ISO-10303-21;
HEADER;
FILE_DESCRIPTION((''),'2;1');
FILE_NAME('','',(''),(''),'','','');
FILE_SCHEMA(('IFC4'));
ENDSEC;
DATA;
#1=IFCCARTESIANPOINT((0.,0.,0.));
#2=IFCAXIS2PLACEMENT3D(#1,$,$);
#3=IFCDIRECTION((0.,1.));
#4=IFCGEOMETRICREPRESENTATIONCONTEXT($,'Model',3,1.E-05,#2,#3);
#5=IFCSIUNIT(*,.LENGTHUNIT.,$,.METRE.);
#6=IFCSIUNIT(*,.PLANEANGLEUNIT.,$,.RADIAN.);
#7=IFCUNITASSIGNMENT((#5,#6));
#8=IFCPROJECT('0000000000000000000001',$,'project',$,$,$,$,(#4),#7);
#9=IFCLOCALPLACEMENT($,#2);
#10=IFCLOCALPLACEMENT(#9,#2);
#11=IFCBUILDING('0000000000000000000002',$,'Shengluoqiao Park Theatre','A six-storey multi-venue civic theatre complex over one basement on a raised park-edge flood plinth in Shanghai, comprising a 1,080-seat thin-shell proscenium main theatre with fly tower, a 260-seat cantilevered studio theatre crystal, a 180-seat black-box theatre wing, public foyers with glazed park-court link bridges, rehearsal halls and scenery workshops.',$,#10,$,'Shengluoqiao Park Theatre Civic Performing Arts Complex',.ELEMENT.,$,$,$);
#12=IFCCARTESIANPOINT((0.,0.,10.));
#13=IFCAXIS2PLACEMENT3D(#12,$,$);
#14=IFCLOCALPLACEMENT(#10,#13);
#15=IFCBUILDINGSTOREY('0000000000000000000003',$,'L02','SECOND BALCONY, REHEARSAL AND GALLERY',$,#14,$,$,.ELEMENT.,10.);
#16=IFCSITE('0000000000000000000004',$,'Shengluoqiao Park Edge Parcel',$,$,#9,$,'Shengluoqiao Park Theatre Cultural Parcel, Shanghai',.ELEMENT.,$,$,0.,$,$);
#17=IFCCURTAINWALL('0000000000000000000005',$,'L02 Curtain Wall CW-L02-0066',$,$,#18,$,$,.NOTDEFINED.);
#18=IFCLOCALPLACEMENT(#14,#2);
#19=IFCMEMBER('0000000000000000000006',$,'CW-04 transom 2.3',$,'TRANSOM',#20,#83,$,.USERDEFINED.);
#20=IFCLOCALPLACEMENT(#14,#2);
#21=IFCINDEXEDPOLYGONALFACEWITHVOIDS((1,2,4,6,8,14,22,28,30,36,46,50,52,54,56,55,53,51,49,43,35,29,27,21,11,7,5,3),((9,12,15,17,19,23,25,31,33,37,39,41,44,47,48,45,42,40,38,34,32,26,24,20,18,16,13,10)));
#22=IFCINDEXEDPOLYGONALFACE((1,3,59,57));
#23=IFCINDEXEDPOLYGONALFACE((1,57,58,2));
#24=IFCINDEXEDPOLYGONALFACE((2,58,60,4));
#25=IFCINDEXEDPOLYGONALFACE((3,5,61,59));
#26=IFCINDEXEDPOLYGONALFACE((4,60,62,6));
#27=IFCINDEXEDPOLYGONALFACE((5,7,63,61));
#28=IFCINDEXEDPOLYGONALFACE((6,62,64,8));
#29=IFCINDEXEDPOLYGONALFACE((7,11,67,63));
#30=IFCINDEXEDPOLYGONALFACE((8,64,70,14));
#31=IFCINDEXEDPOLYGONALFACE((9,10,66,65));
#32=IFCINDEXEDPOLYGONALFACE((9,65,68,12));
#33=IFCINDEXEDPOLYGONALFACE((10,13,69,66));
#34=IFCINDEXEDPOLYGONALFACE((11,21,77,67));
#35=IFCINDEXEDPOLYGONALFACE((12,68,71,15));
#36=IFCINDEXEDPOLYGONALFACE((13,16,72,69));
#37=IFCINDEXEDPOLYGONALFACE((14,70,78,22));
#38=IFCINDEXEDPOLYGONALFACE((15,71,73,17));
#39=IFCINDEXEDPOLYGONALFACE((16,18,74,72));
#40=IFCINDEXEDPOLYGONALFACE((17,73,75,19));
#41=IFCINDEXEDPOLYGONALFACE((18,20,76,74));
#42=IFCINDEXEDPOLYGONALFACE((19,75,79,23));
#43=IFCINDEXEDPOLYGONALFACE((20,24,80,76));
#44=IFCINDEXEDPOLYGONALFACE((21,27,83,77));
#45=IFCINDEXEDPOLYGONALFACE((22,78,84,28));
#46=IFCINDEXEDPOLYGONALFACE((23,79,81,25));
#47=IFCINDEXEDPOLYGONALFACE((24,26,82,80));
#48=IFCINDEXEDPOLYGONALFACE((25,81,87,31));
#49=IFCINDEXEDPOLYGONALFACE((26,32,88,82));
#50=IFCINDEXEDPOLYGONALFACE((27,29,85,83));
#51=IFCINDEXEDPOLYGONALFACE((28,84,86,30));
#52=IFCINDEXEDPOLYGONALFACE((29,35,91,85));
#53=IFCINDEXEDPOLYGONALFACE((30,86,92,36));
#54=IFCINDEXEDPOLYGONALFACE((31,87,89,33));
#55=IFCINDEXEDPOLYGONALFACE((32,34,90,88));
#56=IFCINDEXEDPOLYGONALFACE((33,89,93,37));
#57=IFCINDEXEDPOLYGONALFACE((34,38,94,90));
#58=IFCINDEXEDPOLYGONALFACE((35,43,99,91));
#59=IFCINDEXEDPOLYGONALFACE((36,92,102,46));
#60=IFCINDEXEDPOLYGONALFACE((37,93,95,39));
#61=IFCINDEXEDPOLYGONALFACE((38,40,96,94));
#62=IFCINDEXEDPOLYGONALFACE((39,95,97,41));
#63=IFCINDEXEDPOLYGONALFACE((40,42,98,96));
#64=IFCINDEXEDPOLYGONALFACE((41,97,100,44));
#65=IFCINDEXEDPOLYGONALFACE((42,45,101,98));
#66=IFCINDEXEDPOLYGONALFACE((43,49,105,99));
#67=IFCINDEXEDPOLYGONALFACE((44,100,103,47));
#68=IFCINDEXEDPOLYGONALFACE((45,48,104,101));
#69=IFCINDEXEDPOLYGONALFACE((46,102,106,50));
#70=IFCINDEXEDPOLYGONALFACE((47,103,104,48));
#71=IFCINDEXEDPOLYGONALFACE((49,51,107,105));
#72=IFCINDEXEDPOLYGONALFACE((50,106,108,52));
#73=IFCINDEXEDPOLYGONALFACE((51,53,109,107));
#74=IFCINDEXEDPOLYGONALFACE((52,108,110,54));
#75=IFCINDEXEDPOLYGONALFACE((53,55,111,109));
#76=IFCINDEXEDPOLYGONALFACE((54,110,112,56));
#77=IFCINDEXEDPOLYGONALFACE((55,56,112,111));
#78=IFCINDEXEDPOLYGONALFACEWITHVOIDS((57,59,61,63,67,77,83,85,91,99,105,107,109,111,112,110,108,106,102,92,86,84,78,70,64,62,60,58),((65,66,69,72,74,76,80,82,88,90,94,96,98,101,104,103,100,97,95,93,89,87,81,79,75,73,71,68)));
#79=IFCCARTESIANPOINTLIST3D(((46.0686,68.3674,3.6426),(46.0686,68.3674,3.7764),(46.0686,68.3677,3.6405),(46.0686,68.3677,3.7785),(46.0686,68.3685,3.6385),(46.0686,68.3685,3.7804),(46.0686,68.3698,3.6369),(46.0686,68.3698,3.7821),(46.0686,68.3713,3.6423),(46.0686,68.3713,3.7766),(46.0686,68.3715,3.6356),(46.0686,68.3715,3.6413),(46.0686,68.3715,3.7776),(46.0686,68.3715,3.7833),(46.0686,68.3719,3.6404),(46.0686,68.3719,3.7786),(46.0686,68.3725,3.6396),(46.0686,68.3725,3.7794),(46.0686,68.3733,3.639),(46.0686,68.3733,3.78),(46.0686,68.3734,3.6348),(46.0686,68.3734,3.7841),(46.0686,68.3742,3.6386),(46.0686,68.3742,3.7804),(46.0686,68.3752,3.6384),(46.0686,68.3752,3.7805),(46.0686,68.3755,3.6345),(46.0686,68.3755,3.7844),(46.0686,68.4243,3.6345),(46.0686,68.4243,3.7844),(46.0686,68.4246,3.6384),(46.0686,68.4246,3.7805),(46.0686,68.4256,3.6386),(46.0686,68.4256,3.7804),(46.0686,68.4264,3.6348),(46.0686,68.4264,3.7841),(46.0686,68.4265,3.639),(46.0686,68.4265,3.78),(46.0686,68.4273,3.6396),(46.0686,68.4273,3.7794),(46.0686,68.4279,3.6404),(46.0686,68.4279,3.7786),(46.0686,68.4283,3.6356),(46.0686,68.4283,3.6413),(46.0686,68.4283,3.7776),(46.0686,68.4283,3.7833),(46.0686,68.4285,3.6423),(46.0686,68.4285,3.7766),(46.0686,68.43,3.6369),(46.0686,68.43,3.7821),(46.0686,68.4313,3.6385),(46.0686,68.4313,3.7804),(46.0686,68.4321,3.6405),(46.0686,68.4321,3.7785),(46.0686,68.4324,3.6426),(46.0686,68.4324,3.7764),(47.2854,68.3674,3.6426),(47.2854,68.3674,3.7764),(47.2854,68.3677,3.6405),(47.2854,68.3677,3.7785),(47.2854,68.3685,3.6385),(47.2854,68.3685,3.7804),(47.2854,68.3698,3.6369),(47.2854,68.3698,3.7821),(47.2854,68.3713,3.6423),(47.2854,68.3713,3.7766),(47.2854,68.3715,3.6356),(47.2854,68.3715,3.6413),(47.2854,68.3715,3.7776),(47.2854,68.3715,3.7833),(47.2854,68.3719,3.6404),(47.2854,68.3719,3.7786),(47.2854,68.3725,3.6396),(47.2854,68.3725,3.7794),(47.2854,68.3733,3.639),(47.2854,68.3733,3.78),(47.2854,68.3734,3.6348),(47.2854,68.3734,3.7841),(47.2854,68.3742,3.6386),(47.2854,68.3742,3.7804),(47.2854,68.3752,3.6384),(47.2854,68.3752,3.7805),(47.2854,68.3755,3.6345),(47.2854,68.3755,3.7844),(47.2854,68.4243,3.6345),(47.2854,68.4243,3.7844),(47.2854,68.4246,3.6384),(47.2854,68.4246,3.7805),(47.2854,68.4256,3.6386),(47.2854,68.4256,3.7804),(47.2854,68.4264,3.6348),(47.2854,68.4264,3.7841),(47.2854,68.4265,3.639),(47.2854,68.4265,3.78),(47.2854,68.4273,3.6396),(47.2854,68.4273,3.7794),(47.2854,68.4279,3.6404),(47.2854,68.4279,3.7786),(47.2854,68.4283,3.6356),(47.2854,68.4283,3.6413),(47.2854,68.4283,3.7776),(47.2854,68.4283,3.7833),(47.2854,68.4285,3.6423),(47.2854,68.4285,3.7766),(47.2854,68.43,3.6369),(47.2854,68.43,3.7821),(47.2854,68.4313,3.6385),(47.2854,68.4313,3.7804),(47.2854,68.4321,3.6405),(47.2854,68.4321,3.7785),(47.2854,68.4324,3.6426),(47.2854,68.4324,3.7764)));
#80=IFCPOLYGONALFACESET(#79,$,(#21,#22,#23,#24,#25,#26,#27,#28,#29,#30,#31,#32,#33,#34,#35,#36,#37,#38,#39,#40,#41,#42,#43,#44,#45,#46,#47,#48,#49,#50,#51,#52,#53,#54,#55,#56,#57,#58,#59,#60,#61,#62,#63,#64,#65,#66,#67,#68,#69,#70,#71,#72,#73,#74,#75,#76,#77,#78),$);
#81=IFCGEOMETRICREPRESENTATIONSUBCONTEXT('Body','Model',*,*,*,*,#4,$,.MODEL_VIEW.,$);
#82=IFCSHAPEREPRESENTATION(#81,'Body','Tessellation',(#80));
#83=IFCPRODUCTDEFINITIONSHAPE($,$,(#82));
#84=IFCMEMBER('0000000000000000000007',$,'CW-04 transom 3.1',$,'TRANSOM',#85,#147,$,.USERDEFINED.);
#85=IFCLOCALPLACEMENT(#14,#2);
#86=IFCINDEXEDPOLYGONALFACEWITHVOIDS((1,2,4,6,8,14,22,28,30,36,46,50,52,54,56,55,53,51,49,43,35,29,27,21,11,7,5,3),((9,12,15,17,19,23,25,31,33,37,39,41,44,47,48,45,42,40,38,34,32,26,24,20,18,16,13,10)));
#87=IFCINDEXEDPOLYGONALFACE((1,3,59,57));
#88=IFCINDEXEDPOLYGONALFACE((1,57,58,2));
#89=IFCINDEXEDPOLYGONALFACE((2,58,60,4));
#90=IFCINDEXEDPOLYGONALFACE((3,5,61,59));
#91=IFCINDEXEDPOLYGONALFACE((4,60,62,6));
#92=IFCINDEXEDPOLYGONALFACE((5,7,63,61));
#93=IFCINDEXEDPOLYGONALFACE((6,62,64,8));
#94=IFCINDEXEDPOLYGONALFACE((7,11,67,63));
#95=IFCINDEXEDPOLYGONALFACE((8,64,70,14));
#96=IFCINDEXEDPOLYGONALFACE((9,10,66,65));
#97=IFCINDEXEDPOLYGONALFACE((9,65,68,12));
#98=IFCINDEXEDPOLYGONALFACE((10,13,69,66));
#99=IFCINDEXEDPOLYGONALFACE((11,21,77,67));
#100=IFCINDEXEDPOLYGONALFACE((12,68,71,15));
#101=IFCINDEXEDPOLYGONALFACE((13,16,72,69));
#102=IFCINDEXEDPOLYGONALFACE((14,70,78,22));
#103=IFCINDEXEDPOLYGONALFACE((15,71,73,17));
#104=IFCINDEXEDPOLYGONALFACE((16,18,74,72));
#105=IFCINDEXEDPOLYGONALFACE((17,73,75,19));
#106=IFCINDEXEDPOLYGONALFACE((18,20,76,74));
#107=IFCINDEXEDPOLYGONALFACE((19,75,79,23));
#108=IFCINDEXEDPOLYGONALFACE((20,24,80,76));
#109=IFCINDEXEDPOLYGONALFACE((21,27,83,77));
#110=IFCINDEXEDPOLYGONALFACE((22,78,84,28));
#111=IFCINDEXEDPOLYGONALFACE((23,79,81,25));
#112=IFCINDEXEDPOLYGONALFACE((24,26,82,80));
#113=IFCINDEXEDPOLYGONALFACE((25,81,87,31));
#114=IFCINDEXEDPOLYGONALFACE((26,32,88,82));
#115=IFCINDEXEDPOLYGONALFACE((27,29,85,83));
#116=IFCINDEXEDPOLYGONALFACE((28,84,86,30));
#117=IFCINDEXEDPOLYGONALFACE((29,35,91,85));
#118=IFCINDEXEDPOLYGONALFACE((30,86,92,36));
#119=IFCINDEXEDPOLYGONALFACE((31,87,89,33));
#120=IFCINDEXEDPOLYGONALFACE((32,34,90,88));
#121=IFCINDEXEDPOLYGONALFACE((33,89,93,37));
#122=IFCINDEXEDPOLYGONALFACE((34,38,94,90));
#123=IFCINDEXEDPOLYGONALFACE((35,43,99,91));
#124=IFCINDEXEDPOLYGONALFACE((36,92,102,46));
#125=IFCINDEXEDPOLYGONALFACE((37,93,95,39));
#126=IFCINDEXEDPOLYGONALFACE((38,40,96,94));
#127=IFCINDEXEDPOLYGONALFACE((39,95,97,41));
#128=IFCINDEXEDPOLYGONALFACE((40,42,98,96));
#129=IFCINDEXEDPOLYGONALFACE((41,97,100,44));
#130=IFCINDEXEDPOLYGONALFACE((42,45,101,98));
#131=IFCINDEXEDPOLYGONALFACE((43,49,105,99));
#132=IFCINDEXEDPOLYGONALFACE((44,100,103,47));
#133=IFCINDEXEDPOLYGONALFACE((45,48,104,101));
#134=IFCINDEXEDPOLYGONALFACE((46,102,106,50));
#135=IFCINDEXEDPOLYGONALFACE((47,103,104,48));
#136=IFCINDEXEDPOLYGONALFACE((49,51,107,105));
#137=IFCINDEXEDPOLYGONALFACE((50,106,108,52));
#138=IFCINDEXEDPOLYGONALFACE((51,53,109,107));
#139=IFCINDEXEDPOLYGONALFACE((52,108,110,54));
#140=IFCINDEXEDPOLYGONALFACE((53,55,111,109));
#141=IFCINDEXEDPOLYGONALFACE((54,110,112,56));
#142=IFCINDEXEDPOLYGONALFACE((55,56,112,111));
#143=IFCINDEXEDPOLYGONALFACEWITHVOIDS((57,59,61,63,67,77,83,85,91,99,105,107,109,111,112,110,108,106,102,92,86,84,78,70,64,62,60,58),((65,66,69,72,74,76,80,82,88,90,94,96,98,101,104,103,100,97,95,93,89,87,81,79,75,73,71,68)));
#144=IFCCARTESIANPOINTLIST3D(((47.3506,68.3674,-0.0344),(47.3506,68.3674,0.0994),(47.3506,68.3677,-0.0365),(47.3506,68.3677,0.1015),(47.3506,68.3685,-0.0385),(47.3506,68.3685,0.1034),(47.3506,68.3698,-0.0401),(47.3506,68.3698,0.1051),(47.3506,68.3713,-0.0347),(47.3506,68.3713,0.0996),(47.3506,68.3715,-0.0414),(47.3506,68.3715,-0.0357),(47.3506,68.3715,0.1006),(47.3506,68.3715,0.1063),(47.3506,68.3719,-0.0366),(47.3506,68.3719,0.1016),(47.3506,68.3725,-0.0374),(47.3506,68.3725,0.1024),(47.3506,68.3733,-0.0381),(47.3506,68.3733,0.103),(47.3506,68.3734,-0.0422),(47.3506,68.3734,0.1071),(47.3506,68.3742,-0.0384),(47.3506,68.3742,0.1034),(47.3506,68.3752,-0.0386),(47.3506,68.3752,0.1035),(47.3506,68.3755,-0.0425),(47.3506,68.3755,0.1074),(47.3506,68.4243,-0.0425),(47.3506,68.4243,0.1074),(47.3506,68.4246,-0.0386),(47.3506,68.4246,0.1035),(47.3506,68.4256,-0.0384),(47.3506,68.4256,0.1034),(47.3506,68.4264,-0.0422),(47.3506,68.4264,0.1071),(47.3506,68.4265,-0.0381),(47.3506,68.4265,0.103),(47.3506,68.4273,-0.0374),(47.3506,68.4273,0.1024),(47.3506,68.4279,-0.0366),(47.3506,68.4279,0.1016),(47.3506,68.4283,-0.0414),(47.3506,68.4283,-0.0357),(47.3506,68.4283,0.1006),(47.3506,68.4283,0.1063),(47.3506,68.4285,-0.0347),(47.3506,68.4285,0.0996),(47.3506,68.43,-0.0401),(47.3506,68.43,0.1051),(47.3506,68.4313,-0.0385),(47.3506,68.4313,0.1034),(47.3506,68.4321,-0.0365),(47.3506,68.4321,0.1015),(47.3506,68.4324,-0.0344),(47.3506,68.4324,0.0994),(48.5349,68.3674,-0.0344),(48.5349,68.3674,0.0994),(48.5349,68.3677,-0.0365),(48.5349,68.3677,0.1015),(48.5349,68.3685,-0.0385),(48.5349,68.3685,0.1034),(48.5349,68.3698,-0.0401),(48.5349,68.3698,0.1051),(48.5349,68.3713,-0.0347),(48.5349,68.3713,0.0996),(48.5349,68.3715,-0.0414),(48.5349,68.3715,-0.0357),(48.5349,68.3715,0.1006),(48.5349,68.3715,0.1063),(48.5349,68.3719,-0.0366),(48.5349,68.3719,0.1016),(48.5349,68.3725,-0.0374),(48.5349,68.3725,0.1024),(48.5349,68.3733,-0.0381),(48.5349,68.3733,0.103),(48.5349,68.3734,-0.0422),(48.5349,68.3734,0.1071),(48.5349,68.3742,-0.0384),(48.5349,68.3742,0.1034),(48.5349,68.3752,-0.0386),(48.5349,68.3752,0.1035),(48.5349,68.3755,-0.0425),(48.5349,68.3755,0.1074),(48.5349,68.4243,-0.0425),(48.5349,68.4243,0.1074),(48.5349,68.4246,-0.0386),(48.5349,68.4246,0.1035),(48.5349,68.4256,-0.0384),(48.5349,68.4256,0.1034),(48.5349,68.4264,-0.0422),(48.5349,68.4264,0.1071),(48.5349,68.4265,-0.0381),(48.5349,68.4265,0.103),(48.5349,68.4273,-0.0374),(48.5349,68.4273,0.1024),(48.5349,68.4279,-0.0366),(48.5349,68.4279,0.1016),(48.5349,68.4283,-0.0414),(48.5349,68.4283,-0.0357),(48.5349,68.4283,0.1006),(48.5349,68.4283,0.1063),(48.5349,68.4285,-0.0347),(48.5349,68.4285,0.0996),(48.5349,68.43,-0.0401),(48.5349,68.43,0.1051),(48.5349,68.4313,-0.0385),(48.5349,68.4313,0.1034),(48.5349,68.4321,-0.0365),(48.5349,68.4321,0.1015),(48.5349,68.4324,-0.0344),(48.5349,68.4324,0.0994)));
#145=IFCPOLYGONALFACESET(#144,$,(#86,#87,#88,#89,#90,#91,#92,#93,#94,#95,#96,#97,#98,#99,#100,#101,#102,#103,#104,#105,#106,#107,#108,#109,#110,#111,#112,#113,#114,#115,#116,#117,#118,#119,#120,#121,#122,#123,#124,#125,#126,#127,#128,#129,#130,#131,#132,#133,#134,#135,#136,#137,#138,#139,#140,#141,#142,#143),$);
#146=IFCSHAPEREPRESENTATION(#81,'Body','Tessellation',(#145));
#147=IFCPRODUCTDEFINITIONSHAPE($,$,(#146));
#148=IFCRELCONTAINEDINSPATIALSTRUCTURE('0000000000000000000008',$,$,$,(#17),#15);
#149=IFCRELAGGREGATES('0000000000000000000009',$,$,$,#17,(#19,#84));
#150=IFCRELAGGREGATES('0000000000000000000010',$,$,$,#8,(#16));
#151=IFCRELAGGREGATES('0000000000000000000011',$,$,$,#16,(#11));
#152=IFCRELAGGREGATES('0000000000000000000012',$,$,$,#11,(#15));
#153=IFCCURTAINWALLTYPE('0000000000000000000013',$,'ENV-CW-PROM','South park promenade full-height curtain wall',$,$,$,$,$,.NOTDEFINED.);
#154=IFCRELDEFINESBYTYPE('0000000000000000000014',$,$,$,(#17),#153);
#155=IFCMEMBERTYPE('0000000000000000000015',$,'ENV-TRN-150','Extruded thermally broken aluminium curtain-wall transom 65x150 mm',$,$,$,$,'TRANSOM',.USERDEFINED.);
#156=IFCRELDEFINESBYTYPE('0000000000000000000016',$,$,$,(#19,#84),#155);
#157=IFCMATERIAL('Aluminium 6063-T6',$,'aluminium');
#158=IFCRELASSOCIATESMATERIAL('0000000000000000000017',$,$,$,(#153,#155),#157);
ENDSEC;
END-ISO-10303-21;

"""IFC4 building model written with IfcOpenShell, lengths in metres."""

from ifc_helpers import new_model, si_unit, direction, frame, origin, origin_2d, place, context, subcontext, project, spatial, hollow_rectangle, extrude, material, material_profile, profile_set, type_object, element, aggregate, save


model = new_model("IFC4")

# Units and contexts
model_context = context("Model", 3, precision=1e-05, world=origin(), true_north=direction((0.0, 1.0)))
body_context = subcontext(model_context, "Body", "Model", "MODEL_VIEW")
ifc_project = project(units=[si_unit("LENGTHUNIT", "METRE"), si_unit("PLANEANGLEUNIT", "RADIAN")], contexts=[model_context])

# Site, building, storey
site_placement = place(None, origin())
site = spatial("IfcSite", under=ifc_project, at=site_placement, Name="Shengluoqiao Park Edge Parcel", LongName="Shengluoqiao Park Theatre Cultural Parcel, Shanghai", CompositionType="ELEMENT", RefElevation=0.0)
building_placement = place(site_placement, origin())
building = spatial("IfcBuilding", under=site, at=building_placement, Name="Shengluoqiao Park Theatre", Description="A six-storey multi-venue civic theatre complex over one basement on a raised park-edge flood plinth in Shanghai, comprising a 1,080-seat thin-shell proscenium main theatre with fly tower, a 260-seat cantilevered studio theatre crystal, a 180-seat black-box theatre wing, public foyers with glazed park-court link bridges, rehearsal halls and scenery workshops.", LongName="Shengluoqiao Park Theatre Civic Performing Arts Complex", CompositionType="ELEMENT")
storey_placement = place(building_placement, frame((0.0, 0.0, 10.0)))
storey = spatial("IfcBuildingStorey", under=building, at=storey_placement, Name="L02", Description="SECOND BALCONY, REHEARSAL AND GALLERY", CompositionType="ELEMENT", Elevation=10.0)

# Curtain wall
ifc_material_1 = material(Name="Aluminium 6063-T6", Category="aluminium")
curtain_wall_type = type_object("IfcCurtainWallType", Name="ENV-CW-PROM", Description="South park promenade full-height curtain wall", PredefinedType="NOTDEFINED", material=ifc_material_1)
curtain_wall_1_placement = place(storey_placement, origin())
curtain_wall_1 = element("IfcCurtainWall", 1, at=curtain_wall_1_placement, inside=storey, type_object=curtain_wall_type, Name="L02 Curtain Wall CW-L02-0066", PredefinedType="NOTDEFINED")

# Members
ifc_material_profile_1 = material_profile(ifc_material_1, hollow_rectangle(XDim=0.0649, YDim=0.1499, WallThickness=0.0039, InnerFilletRadius=0.0039, OuterFilletRadius=0.0081, at=origin_2d()), Name="ALU TRANSOM 150x65x4")
ifc_profile_set_1 = profile_set([ifc_material_profile_1], Name="Aluminium 6063-T6")
member_type_1 = type_object("IfcMemberType", Name="ENV-TRN-150", Description="Extruded thermally broken aluminium curtain-wall transom 65x150 mm", ElementType="TRANSOM", PredefinedType="USERDEFINED", material=ifc_profile_set_1)
member_1_placement = place(storey_placement, frame((46.0686, 68.3999, 3.7095), z_axis=(1.0, 0.0, 0.0), x_axis=(0.0, 1.0, 0.0)))
member_1 = element("IfcMember", 2, at=member_1_placement, type_object=member_type_1, Name="CW-04 transom 2.3", ObjectType="TRANSOM", PredefinedType="USERDEFINED", context=body_context, shape_type="SweptSolid", body=[
    extrude(hollow_rectangle(XDim=0.0649, YDim=0.1499, WallThickness=0.0039, InnerFilletRadius=0.0039, OuterFilletRadius=0.0081, at=origin_2d()), origin(), (0.0, 0.0, 1.0), 1.2168),
])
member_2_placement = place(storey_placement, frame((47.3506, 68.3999, 0.0325), z_axis=(1.0, 0.0, 0.0), x_axis=(0.0, 1.0, 0.0)))
member_2 = element("IfcMember", 3, at=member_2_placement, type_object=member_type_1, Name="CW-04 transom 3.1", ObjectType="TRANSOM", PredefinedType="USERDEFINED", context=body_context, shape_type="SweptSolid", body=[
    extrude(hollow_rectangle(XDim=0.0649, YDim=0.1499, WallThickness=0.0039, InnerFilletRadius=0.0039, OuterFilletRadius=0.0081, at=origin_2d()), origin(), (0.0, 0.0, 1.0), 1.1843),
])

aggregate(curtain_wall_1, [member_1, member_2])

save(model, "model.ifc")
